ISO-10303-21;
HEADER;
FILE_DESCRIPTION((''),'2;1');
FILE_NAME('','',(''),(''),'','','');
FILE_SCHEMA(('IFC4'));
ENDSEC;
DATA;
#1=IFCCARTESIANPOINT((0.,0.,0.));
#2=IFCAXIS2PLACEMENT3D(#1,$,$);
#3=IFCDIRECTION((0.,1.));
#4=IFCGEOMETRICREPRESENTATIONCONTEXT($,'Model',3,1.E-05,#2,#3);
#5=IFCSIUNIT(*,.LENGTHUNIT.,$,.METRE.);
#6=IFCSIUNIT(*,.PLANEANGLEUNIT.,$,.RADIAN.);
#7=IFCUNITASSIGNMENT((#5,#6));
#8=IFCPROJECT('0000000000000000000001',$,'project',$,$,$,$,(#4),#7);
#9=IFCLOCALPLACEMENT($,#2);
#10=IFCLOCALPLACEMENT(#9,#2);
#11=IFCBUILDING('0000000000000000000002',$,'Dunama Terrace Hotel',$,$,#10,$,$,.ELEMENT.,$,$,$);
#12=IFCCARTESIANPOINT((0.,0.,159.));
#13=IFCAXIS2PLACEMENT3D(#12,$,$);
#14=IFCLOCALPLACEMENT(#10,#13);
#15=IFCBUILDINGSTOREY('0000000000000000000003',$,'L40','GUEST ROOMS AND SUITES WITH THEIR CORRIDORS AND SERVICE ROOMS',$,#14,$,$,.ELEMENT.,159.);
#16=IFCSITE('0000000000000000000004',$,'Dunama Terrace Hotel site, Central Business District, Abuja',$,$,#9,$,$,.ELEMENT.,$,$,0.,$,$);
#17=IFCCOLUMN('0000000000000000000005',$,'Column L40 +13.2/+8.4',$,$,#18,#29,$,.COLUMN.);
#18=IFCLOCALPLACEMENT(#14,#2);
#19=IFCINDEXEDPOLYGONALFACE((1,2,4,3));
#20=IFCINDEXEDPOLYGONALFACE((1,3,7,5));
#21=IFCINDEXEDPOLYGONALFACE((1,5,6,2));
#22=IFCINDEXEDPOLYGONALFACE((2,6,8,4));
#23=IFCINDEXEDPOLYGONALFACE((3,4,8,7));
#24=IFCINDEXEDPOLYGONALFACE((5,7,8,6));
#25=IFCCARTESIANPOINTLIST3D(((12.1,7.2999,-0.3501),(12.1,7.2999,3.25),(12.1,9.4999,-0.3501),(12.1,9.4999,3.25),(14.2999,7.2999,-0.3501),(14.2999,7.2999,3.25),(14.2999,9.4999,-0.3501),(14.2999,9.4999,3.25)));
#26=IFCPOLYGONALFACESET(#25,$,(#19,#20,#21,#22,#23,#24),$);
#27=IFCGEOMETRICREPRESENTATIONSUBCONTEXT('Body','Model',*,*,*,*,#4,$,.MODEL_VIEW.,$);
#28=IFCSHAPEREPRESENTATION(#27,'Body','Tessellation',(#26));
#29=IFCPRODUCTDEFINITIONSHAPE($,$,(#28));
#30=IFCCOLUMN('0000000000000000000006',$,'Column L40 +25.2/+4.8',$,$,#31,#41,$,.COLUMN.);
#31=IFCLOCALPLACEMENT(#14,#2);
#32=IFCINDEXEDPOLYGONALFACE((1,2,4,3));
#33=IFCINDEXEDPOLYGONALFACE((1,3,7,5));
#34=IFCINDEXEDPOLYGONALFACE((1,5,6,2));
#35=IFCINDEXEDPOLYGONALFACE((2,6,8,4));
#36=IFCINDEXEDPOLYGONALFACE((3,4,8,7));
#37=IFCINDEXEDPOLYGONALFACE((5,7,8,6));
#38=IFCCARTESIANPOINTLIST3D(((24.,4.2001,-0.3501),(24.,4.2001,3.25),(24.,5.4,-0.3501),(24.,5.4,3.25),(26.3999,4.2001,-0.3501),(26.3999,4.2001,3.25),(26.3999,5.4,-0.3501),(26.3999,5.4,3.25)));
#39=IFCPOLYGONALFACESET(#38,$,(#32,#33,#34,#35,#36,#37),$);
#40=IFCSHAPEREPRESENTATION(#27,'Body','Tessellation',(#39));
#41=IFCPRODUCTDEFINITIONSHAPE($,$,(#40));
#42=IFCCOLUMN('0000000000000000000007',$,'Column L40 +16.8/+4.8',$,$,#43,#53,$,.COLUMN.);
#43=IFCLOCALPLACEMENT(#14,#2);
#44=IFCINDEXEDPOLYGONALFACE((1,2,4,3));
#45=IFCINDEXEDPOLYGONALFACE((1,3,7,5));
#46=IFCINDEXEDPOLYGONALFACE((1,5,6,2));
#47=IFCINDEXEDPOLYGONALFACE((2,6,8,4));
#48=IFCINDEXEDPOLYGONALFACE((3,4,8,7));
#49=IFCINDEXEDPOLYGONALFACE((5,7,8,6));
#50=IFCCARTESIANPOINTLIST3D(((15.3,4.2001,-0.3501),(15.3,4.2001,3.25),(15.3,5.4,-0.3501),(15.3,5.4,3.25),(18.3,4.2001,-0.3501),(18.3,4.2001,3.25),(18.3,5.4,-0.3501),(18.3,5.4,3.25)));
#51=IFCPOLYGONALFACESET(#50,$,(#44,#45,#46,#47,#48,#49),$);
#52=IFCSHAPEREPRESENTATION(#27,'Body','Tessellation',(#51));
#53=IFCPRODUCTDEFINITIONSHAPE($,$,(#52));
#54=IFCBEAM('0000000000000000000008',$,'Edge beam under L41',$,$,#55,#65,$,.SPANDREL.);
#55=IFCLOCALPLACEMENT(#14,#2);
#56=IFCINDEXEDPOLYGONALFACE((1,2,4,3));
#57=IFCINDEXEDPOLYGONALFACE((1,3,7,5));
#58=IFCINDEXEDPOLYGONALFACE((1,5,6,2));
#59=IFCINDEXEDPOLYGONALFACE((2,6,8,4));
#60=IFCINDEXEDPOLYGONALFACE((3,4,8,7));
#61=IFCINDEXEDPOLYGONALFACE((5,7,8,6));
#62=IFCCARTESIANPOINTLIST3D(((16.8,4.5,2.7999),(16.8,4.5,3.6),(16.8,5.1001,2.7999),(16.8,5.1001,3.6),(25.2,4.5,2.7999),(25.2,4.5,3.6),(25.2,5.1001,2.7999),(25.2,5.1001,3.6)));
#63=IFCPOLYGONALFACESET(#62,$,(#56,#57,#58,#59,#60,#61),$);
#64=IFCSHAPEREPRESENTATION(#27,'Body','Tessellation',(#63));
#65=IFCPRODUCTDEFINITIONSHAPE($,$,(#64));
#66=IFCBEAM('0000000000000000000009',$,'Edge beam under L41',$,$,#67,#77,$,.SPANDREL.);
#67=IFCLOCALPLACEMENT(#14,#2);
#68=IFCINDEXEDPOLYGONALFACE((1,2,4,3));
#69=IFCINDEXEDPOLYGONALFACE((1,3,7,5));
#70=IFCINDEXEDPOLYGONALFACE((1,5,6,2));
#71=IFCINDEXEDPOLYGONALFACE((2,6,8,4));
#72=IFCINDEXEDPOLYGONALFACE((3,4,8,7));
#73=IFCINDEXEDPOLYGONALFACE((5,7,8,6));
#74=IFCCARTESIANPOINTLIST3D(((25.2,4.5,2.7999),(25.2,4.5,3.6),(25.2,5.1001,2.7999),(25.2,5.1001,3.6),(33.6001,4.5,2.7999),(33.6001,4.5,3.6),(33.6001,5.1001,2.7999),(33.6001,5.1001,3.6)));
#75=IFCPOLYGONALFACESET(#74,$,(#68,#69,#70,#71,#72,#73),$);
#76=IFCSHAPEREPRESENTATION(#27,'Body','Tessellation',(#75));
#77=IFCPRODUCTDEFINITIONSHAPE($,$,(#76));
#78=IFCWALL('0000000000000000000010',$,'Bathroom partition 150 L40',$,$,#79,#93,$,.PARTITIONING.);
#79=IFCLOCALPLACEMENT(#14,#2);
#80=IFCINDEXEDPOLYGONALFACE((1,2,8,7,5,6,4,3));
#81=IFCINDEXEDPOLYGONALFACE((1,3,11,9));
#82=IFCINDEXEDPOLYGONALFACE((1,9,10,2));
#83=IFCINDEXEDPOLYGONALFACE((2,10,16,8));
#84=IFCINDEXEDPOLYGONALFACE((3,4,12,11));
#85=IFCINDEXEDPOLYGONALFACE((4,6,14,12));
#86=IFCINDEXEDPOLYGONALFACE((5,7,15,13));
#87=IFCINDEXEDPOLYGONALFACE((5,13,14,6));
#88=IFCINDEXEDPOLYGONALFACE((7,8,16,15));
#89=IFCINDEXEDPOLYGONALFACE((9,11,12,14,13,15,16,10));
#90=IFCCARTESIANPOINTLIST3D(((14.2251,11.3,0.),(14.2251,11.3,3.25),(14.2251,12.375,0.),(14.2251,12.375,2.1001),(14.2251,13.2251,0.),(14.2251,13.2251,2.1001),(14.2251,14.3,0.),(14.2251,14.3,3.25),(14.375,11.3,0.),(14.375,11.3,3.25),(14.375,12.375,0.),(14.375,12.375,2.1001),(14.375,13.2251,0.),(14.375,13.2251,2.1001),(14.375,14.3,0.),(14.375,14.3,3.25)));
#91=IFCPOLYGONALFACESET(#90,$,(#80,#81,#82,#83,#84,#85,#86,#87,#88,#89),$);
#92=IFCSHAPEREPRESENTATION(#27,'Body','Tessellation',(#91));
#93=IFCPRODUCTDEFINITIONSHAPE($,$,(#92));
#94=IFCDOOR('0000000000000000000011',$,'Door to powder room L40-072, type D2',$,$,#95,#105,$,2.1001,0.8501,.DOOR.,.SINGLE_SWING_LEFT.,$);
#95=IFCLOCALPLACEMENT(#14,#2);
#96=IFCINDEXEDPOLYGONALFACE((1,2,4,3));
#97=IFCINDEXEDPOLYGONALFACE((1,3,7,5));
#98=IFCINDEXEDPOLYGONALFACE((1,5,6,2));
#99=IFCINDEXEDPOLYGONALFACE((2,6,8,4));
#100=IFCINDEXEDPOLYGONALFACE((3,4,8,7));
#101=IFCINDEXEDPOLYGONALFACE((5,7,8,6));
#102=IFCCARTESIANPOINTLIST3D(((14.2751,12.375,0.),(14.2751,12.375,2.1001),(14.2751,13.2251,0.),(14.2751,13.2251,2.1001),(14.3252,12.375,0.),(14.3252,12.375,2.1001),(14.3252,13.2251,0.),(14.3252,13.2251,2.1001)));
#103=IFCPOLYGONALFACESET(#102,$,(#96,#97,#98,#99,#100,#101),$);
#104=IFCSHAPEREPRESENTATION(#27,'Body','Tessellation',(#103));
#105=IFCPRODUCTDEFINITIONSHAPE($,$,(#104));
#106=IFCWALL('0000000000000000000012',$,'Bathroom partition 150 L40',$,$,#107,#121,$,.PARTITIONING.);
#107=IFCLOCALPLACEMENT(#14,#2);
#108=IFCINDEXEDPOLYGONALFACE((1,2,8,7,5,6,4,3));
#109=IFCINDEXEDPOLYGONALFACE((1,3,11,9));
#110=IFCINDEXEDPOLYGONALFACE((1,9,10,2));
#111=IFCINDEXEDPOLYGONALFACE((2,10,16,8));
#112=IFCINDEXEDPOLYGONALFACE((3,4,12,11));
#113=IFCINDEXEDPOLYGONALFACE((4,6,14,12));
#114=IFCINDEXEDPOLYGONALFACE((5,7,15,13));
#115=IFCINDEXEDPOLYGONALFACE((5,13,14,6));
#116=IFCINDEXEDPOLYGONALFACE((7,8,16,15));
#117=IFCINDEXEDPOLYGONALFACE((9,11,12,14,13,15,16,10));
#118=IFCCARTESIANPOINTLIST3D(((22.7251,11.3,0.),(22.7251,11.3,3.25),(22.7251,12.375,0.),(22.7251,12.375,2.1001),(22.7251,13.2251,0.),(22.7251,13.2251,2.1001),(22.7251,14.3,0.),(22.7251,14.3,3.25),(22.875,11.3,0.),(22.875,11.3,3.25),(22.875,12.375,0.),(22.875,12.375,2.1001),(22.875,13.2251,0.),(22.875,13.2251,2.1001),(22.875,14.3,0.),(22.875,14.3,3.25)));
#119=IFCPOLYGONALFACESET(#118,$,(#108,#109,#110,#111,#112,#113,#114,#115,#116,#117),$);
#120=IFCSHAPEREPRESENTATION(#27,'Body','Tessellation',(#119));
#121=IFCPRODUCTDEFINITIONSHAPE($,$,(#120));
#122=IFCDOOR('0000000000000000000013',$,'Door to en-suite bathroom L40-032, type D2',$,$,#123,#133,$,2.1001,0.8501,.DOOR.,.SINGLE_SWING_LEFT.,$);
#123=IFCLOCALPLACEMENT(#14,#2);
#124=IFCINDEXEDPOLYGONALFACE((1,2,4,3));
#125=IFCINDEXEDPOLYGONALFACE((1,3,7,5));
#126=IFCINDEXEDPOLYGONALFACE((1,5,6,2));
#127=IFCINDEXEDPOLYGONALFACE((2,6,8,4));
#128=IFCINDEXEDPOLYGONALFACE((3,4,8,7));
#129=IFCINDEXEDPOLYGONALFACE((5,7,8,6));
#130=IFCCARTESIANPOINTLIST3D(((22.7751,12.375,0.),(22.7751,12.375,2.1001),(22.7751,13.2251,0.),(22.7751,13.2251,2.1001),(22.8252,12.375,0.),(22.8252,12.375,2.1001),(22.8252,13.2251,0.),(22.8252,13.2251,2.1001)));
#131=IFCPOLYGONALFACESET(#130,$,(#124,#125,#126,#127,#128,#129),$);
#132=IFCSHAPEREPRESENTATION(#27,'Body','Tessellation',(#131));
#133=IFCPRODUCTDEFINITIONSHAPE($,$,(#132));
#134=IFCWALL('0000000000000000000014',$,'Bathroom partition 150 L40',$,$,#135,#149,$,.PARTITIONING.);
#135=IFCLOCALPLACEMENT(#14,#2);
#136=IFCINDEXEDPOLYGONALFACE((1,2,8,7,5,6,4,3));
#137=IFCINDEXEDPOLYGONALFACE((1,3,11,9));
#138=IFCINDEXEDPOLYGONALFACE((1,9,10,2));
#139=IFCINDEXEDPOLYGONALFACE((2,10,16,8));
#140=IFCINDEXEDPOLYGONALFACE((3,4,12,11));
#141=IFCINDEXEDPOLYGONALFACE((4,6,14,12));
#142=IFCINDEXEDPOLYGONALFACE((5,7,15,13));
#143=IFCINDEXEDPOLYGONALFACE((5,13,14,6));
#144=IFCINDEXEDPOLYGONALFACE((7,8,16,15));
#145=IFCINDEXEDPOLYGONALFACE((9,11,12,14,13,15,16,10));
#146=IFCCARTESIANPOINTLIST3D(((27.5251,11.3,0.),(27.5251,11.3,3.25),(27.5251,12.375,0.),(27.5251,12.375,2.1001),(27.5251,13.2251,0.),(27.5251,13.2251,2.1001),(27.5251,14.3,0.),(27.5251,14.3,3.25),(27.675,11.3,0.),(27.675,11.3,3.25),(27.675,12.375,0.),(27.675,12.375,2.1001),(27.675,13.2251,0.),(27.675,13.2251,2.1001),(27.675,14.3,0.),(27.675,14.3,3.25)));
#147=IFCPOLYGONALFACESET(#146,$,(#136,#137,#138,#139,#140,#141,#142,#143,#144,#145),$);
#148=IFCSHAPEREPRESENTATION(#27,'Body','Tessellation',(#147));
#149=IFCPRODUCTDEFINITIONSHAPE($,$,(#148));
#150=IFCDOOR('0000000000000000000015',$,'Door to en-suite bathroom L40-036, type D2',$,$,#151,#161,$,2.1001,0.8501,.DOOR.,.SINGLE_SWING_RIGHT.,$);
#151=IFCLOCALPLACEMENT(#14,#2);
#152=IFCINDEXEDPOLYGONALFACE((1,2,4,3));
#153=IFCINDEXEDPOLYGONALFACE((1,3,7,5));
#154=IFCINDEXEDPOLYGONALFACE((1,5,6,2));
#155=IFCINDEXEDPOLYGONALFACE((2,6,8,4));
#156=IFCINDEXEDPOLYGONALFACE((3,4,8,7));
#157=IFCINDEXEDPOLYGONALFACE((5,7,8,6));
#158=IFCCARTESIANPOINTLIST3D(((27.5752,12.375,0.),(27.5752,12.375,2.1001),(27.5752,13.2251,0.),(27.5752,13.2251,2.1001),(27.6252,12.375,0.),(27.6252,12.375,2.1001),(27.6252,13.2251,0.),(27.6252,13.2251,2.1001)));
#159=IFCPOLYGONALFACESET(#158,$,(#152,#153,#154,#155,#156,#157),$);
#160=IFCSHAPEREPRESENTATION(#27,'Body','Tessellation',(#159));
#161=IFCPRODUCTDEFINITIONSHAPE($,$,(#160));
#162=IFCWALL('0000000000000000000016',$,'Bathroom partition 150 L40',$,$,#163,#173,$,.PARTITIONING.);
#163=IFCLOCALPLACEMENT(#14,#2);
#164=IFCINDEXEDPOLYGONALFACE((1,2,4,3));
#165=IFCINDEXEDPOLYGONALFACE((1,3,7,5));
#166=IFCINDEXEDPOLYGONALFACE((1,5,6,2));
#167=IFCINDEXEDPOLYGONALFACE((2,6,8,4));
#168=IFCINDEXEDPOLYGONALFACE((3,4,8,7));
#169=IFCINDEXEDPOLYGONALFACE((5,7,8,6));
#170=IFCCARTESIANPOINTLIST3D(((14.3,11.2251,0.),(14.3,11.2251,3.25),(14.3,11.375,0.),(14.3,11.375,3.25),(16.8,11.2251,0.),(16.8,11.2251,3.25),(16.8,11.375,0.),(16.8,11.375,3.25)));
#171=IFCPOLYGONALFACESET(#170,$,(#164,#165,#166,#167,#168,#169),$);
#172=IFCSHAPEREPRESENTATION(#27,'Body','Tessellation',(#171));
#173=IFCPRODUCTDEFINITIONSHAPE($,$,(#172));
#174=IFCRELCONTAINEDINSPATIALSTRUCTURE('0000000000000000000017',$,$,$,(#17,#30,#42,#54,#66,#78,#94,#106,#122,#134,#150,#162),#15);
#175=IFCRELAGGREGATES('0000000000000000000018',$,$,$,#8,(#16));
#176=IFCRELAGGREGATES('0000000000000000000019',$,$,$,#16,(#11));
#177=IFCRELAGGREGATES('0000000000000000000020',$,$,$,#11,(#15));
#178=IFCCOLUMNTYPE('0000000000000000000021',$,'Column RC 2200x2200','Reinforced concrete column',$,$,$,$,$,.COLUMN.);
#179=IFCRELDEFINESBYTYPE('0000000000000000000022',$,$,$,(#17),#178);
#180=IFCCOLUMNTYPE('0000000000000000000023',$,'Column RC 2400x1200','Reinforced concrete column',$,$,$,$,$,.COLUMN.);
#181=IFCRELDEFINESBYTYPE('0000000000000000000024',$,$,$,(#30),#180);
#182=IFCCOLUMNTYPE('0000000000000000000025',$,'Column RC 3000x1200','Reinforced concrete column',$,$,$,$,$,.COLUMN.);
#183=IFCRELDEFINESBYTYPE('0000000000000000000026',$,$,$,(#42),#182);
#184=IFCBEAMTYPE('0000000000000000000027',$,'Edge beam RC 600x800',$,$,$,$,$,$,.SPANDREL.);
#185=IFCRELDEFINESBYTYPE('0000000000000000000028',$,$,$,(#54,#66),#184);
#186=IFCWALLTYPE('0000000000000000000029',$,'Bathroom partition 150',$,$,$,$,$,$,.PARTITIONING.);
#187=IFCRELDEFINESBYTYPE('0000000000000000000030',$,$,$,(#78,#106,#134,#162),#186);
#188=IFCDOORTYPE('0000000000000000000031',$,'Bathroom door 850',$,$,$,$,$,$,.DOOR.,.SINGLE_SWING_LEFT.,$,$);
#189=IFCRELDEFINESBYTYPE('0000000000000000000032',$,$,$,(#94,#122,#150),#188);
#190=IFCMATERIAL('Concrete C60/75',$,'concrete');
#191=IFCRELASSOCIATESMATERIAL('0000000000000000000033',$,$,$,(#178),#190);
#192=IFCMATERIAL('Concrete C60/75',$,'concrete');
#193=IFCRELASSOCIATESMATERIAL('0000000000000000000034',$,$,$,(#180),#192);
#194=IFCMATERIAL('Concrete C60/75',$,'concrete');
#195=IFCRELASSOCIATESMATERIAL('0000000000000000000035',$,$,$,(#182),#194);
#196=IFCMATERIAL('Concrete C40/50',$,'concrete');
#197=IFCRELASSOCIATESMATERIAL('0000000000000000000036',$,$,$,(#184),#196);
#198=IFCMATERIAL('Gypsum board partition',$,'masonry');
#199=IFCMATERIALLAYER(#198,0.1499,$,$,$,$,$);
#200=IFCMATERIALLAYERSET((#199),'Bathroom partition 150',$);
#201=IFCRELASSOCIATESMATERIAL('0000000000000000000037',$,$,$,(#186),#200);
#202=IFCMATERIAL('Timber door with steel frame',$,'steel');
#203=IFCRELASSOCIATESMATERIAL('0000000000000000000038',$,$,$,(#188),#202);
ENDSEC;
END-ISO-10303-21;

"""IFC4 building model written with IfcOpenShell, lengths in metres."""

from ifc_helpers import new_model, si_unit, direction, frame, frame_2d, origin, origin_2d, place, context, subcontext, project, spatial, rectangle, extrude, material, layer, layer_set, material_profile, profile_set, type_object, element, fill, save


model = new_model("IFC4")

# Units and contexts
model_context = context("Model", 3, precision=1e-05, world=origin(), true_north=direction((0.0, 1.0)))
body_context = subcontext(model_context, "Body", "Model", "MODEL_VIEW")
ifc_project = project(units=[si_unit("LENGTHUNIT", "METRE"), si_unit("PLANEANGLEUNIT", "RADIAN")], contexts=[model_context])

# Site, building, storey
site_placement = place(None, origin())
site = spatial("IfcSite", under=ifc_project, at=site_placement, Name="Dunama Terrace Hotel site, Central Business District, Abuja", CompositionType="ELEMENT", RefElevation=0.0)
building_placement = place(site_placement, origin())
building = spatial("IfcBuilding", under=site, at=building_placement, Name="Dunama Terrace Hotel", CompositionType="ELEMENT")
storey_placement = place(building_placement, frame((0.0, 0.0, 159.0)))
storey = spatial("IfcBuildingStorey", under=building, at=storey_placement, Name="L40", Description="GUEST ROOMS AND SUITES WITH THEIR CORRIDORS AND SERVICE ROOMS", CompositionType="ELEMENT", Elevation=159.0)

# Columns
ifc_material_1 = material(Name="Concrete C60/75", Category="concrete")
ifc_material_profile_1 = material_profile(ifc_material_1, rectangle(XDim=2.2, YDim=2.2, at=origin_2d()), Name="RC 2200x2200")
ifc_profile_set_1 = profile_set([ifc_material_profile_1], Name="Concrete C60/75")
column_type_1 = type_object("IfcColumnType", Name="Column RC 2200x2200", Description="Reinforced concrete column", PredefinedType="COLUMN", material=ifc_profile_set_1)
column_1_placement = place(storey_placement, frame((13.2, 8.3999, -0.3501), z_axis=(0.0, 0.0, 1.0), x_axis=(1.0, 0.0, 0.0)))
element("IfcColumn", 1, at=column_1_placement, inside=storey, type_object=column_type_1, Name="Column L40 +13.2/+8.4", PredefinedType="COLUMN", context=body_context, shape_type="SweptSolid", body=[
    extrude(rectangle(XDim=2.2, YDim=2.2, at=origin_2d()), origin(), (0.0, 0.0, 1.0), 3.6001),
])
ifc_material_2 = material(Name="Concrete C60/75", Category="concrete")
ifc_material_profile_2 = material_profile(ifc_material_2, rectangle(XDim=2.3999, YDim=1.2, at=origin_2d()), Name="RC 2400x1200")
ifc_profile_set_2 = profile_set([ifc_material_profile_2], Name="Concrete C60/75")
column_type_2 = type_object("IfcColumnType", Name="Column RC 2400x1200", Description="Reinforced concrete column", PredefinedType="COLUMN", material=ifc_profile_set_2)
column_2_placement = place(storey_placement, frame((25.2, 4.8, -0.3501), z_axis=(0.0, 0.0, 1.0), x_axis=(1.0, 0.0, 0.0)))
element("IfcColumn", 2, at=column_2_placement, inside=storey, type_object=column_type_2, Name="Column L40 +25.2/+4.8", PredefinedType="COLUMN", context=body_context, shape_type="SweptSolid", body=[
    extrude(rectangle(XDim=2.3999, YDim=1.2, at=origin_2d()), origin(), (0.0, 0.0, 1.0), 3.6001),
])
ifc_material_3 = material(Name="Concrete C60/75", Category="concrete")
ifc_material_profile_3 = material_profile(ifc_material_3, rectangle(XDim=3.0, YDim=1.2, at=origin_2d()), Name="RC 3000x1200")
ifc_profile_set_3 = profile_set([ifc_material_profile_3], Name="Concrete C60/75")
column_type_3 = type_object("IfcColumnType", Name="Column RC 3000x1200", Description="Reinforced concrete column", PredefinedType="COLUMN", material=ifc_profile_set_3)
column_3_placement = place(storey_placement, frame((16.8, 4.8, -0.3501), z_axis=(0.0, 0.0, 1.0), x_axis=(1.0, 0.0, 0.0)))
element("IfcColumn", 3, at=column_3_placement, inside=storey, type_object=column_type_3, Name="Column L40 +16.8/+4.8", PredefinedType="COLUMN", context=body_context, shape_type="SweptSolid", body=[
    extrude(rectangle(XDim=3.0, YDim=1.2, at=origin_2d()), origin(), (0.0, 0.0, 1.0), 3.6001),
])

# Beams
ifc_material_4 = material(Name="Concrete C40/50", Category="concrete")
ifc_material_profile_4 = material_profile(ifc_material_4, rectangle(XDim=0.6001, YDim=0.8, at=origin_2d()), Name="RC 600x800")
ifc_profile_set_4 = profile_set([ifc_material_profile_4], Name="Concrete C40/50")
beam_type = type_object("IfcBeamType", Name="Edge beam RC 600x800", PredefinedType="SPANDREL", material=ifc_profile_set_4)
beam_1_placement = place(storey_placement, frame((16.8, 4.8, 3.2), z_axis=(1.0, 0.0, 0.0), x_axis=(0.0, 1.0, 0.0)))
element("IfcBeam", 4, at=beam_1_placement, inside=storey, type_object=beam_type, Name="Edge beam under L41", PredefinedType="SPANDREL", context=body_context, shape_type="SweptSolid", body=[
    extrude(rectangle(XDim=0.6001, YDim=0.8, at=origin_2d()), origin(), (0.0, 0.0, 1.0), 8.3999),
])
beam_2_placement = place(storey_placement, frame((25.2, 4.8, 3.2), z_axis=(1.0, 0.0, 0.0), x_axis=(0.0, 1.0, 0.0)))
element("IfcBeam", 5, at=beam_2_placement, inside=storey, type_object=beam_type, Name="Edge beam under L41", PredefinedType="SPANDREL", context=body_context, shape_type="SweptSolid", body=[
    extrude(rectangle(XDim=0.6001, YDim=0.8, at=origin_2d()), origin(), (0.0, 0.0, 1.0), 8.4001),
])

# Walls, openings, doors
ifc_material_5 = material(Name="Gypsum board partition", Category="masonry")
ifc_layer_1 = layer(ifc_material_5, 0.1499)
ifc_layer_set_1 = layer_set([ifc_layer_1], Name="Bathroom partition 150")
wall_type_1 = type_object("IfcWallType", Name="Bathroom partition 150", PredefinedType="PARTITIONING", material=ifc_layer_set_1)
wall_1_placement = place(storey_placement, frame((14.3, 11.3, 0.0), z_axis=(0.0, 0.0, 1.0), x_axis=(0.0, 1.0, 0.0)))
wall_1 = element("IfcWall", 6, at=wall_1_placement, inside=storey, type_object=wall_type_1, Name="Bathroom partition 150 L40", PredefinedType="PARTITIONING", context=body_context, shape_type="SweptSolid", body=[
    extrude(rectangle(XDim=3.0, YDim=0.1499, at=frame_2d((1.5, 0.0))), origin(), (0.0, 0.0, 1.0), 3.25),
])
opening_1_placement = place(wall_1_placement, frame((1.075, 0.0, 0.0)))
opening_1 = element("IfcOpeningElement", 7, at=opening_1_placement, cuts=wall_1, PredefinedType="OPENING", context=body_context, shape_type="SweptSolid", body=[
    extrude(rectangle(XDim=0.8501, YDim=2.1001, at=frame_2d((0.425, 1.05))), frame((0.0, 0.085, 0.0), z_axis=(0.0, -1.0, 0.0), x_axis=(1.0, 0.0, 0.0)), (0.0, 0.0, 1.0), 0.1699),
])
ifc_material_6 = material(Name="Timber door with steel frame", Category="steel")
door_type_1 = type_object("IfcDoorType", Name="Bathroom door 850", OperationType="SINGLE_SWING_LEFT", PredefinedType="DOOR", material=ifc_material_6)
door_1_placement = place(opening_1_placement, frame((0.8501, 0.0, 0.0), z_axis=(0.0, 0.0, 1.0), x_axis=(-1.0, 0.0, 0.0)))
door_1 = element("IfcDoor", 8, at=door_1_placement, inside=storey, type_object=door_type_1, Name="Door to powder room L40-072, type D2", OperationType="SINGLE_SWING_LEFT", OverallHeight=2.1001, OverallWidth=0.8501, PredefinedType="DOOR", context=body_context, shape_type="SweptSolid", body=[
    extrude(rectangle(XDim=0.8501, YDim=2.1001, at=frame_2d((0.425, 1.05))), frame((0.0, 0.0251, 0.0), z_axis=(0.0, -1.0, 0.0), x_axis=(1.0, 0.0, 0.0)), (0.0, 0.0, 1.0), 0.05),
])
fill(opening_1, door_1)
wall_2_placement = place(storey_placement, frame((22.8, 11.3, 0.0), z_axis=(0.0, 0.0, 1.0), x_axis=(0.0, 1.0, 0.0)))
wall_2 = element("IfcWall", 9, at=wall_2_placement, inside=storey, type_object=wall_type_1, Name="Bathroom partition 150 L40", PredefinedType="PARTITIONING", context=body_context, shape_type="SweptSolid", body=[
    extrude(rectangle(XDim=3.0, YDim=0.1499, at=frame_2d((1.5, 0.0))), origin(), (0.0, 0.0, 1.0), 3.25),
])
opening_2_placement = place(wall_2_placement, frame((1.075, 0.0, 0.0)))
opening_2 = element("IfcOpeningElement", 10, at=opening_2_placement, cuts=wall_2, PredefinedType="OPENING", context=body_context, shape_type="SweptSolid", body=[
    extrude(rectangle(XDim=0.8501, YDim=2.1001, at=frame_2d((0.425, 1.05))), frame((0.0, 0.085, 0.0), z_axis=(0.0, -1.0, 0.0), x_axis=(1.0, 0.0, 0.0)), (0.0, 0.0, 1.0), 0.1699),
])
door_2_placement = place(opening_2_placement, frame((0.8501, 0.0, 0.0), z_axis=(0.0, 0.0, 1.0), x_axis=(-1.0, 0.0, 0.0)))
door_2 = element("IfcDoor", 11, at=door_2_placement, inside=storey, type_object=door_type_1, Name="Door to en-suite bathroom L40-032, type D2", OperationType="SINGLE_SWING_LEFT", OverallHeight=2.1001, OverallWidth=0.8501, PredefinedType="DOOR", context=body_context, shape_type="SweptSolid", body=[
    extrude(rectangle(XDim=0.8501, YDim=2.1001, at=frame_2d((0.425, 1.05))), frame((0.0, 0.0251, 0.0), z_axis=(0.0, -1.0, 0.0), x_axis=(1.0, 0.0, 0.0)), (0.0, 0.0, 1.0), 0.05),
])
fill(opening_2, door_2)
wall_3_placement = place(storey_placement, frame((27.6001, 11.3, 0.0), z_axis=(0.0, 0.0, 1.0), x_axis=(0.0, 1.0, 0.0)))
wall_3 = element("IfcWall", 12, at=wall_3_placement, inside=storey, type_object=wall_type_1, Name="Bathroom partition 150 L40", PredefinedType="PARTITIONING", context=body_context, shape_type="SweptSolid", body=[
    extrude(rectangle(XDim=3.0, YDim=0.1499, at=frame_2d((1.5, 0.0))), origin(), (0.0, 0.0, 1.0), 3.25),
])
opening_3_placement = place(wall_3_placement, frame((1.075, 0.0, 0.0)))
opening_3 = element("IfcOpeningElement", 13, at=opening_3_placement, cuts=wall_3, PredefinedType="OPENING", context=body_context, shape_type="SweptSolid", body=[
    extrude(rectangle(XDim=0.8501, YDim=2.1001, at=frame_2d((0.425, 1.05))), frame((0.0, 0.085, 0.0), z_axis=(0.0, -1.0, 0.0), x_axis=(1.0, 0.0, 0.0)), (0.0, 0.0, 1.0), 0.1699),
])
door_3_placement = place(opening_3_placement, origin())
door_3 = element("IfcDoor", 14, at=door_3_placement, inside=storey, type_object=door_type_1, Name="Door to en-suite bathroom L40-036, type D2", OperationType="SINGLE_SWING_RIGHT", OverallHeight=2.1001, OverallWidth=0.8501, PredefinedType="DOOR", context=body_context, shape_type="SweptSolid", body=[
    extrude(rectangle(XDim=0.8501, YDim=2.1001, at=frame_2d((0.425, 1.05))), frame((0.0, 0.0249, 0.0), z_axis=(0.0, -1.0, 0.0), x_axis=(1.0, 0.0, 0.0)), (0.0, 0.0, 1.0), 0.05),
])
fill(opening_3, door_3)

# Wall
wall_4_placement = place(storey_placement, frame((14.3, 11.3, 0.0), z_axis=(0.0, 0.0, 1.0), x_axis=(1.0, 0.0, 0.0)))
element("IfcWall", 15, at=wall_4_placement, inside=storey, type_object=wall_type_1, Name="Bathroom partition 150 L40", PredefinedType="PARTITIONING", context=body_context, shape_type="SweptSolid", body=[
    extrude(rectangle(XDim=2.5, YDim=0.1499, at=frame_2d((1.25, 0.0))), origin(), (0.0, 0.0, 1.0), 3.25),
])

save(model, "model.ifc")
